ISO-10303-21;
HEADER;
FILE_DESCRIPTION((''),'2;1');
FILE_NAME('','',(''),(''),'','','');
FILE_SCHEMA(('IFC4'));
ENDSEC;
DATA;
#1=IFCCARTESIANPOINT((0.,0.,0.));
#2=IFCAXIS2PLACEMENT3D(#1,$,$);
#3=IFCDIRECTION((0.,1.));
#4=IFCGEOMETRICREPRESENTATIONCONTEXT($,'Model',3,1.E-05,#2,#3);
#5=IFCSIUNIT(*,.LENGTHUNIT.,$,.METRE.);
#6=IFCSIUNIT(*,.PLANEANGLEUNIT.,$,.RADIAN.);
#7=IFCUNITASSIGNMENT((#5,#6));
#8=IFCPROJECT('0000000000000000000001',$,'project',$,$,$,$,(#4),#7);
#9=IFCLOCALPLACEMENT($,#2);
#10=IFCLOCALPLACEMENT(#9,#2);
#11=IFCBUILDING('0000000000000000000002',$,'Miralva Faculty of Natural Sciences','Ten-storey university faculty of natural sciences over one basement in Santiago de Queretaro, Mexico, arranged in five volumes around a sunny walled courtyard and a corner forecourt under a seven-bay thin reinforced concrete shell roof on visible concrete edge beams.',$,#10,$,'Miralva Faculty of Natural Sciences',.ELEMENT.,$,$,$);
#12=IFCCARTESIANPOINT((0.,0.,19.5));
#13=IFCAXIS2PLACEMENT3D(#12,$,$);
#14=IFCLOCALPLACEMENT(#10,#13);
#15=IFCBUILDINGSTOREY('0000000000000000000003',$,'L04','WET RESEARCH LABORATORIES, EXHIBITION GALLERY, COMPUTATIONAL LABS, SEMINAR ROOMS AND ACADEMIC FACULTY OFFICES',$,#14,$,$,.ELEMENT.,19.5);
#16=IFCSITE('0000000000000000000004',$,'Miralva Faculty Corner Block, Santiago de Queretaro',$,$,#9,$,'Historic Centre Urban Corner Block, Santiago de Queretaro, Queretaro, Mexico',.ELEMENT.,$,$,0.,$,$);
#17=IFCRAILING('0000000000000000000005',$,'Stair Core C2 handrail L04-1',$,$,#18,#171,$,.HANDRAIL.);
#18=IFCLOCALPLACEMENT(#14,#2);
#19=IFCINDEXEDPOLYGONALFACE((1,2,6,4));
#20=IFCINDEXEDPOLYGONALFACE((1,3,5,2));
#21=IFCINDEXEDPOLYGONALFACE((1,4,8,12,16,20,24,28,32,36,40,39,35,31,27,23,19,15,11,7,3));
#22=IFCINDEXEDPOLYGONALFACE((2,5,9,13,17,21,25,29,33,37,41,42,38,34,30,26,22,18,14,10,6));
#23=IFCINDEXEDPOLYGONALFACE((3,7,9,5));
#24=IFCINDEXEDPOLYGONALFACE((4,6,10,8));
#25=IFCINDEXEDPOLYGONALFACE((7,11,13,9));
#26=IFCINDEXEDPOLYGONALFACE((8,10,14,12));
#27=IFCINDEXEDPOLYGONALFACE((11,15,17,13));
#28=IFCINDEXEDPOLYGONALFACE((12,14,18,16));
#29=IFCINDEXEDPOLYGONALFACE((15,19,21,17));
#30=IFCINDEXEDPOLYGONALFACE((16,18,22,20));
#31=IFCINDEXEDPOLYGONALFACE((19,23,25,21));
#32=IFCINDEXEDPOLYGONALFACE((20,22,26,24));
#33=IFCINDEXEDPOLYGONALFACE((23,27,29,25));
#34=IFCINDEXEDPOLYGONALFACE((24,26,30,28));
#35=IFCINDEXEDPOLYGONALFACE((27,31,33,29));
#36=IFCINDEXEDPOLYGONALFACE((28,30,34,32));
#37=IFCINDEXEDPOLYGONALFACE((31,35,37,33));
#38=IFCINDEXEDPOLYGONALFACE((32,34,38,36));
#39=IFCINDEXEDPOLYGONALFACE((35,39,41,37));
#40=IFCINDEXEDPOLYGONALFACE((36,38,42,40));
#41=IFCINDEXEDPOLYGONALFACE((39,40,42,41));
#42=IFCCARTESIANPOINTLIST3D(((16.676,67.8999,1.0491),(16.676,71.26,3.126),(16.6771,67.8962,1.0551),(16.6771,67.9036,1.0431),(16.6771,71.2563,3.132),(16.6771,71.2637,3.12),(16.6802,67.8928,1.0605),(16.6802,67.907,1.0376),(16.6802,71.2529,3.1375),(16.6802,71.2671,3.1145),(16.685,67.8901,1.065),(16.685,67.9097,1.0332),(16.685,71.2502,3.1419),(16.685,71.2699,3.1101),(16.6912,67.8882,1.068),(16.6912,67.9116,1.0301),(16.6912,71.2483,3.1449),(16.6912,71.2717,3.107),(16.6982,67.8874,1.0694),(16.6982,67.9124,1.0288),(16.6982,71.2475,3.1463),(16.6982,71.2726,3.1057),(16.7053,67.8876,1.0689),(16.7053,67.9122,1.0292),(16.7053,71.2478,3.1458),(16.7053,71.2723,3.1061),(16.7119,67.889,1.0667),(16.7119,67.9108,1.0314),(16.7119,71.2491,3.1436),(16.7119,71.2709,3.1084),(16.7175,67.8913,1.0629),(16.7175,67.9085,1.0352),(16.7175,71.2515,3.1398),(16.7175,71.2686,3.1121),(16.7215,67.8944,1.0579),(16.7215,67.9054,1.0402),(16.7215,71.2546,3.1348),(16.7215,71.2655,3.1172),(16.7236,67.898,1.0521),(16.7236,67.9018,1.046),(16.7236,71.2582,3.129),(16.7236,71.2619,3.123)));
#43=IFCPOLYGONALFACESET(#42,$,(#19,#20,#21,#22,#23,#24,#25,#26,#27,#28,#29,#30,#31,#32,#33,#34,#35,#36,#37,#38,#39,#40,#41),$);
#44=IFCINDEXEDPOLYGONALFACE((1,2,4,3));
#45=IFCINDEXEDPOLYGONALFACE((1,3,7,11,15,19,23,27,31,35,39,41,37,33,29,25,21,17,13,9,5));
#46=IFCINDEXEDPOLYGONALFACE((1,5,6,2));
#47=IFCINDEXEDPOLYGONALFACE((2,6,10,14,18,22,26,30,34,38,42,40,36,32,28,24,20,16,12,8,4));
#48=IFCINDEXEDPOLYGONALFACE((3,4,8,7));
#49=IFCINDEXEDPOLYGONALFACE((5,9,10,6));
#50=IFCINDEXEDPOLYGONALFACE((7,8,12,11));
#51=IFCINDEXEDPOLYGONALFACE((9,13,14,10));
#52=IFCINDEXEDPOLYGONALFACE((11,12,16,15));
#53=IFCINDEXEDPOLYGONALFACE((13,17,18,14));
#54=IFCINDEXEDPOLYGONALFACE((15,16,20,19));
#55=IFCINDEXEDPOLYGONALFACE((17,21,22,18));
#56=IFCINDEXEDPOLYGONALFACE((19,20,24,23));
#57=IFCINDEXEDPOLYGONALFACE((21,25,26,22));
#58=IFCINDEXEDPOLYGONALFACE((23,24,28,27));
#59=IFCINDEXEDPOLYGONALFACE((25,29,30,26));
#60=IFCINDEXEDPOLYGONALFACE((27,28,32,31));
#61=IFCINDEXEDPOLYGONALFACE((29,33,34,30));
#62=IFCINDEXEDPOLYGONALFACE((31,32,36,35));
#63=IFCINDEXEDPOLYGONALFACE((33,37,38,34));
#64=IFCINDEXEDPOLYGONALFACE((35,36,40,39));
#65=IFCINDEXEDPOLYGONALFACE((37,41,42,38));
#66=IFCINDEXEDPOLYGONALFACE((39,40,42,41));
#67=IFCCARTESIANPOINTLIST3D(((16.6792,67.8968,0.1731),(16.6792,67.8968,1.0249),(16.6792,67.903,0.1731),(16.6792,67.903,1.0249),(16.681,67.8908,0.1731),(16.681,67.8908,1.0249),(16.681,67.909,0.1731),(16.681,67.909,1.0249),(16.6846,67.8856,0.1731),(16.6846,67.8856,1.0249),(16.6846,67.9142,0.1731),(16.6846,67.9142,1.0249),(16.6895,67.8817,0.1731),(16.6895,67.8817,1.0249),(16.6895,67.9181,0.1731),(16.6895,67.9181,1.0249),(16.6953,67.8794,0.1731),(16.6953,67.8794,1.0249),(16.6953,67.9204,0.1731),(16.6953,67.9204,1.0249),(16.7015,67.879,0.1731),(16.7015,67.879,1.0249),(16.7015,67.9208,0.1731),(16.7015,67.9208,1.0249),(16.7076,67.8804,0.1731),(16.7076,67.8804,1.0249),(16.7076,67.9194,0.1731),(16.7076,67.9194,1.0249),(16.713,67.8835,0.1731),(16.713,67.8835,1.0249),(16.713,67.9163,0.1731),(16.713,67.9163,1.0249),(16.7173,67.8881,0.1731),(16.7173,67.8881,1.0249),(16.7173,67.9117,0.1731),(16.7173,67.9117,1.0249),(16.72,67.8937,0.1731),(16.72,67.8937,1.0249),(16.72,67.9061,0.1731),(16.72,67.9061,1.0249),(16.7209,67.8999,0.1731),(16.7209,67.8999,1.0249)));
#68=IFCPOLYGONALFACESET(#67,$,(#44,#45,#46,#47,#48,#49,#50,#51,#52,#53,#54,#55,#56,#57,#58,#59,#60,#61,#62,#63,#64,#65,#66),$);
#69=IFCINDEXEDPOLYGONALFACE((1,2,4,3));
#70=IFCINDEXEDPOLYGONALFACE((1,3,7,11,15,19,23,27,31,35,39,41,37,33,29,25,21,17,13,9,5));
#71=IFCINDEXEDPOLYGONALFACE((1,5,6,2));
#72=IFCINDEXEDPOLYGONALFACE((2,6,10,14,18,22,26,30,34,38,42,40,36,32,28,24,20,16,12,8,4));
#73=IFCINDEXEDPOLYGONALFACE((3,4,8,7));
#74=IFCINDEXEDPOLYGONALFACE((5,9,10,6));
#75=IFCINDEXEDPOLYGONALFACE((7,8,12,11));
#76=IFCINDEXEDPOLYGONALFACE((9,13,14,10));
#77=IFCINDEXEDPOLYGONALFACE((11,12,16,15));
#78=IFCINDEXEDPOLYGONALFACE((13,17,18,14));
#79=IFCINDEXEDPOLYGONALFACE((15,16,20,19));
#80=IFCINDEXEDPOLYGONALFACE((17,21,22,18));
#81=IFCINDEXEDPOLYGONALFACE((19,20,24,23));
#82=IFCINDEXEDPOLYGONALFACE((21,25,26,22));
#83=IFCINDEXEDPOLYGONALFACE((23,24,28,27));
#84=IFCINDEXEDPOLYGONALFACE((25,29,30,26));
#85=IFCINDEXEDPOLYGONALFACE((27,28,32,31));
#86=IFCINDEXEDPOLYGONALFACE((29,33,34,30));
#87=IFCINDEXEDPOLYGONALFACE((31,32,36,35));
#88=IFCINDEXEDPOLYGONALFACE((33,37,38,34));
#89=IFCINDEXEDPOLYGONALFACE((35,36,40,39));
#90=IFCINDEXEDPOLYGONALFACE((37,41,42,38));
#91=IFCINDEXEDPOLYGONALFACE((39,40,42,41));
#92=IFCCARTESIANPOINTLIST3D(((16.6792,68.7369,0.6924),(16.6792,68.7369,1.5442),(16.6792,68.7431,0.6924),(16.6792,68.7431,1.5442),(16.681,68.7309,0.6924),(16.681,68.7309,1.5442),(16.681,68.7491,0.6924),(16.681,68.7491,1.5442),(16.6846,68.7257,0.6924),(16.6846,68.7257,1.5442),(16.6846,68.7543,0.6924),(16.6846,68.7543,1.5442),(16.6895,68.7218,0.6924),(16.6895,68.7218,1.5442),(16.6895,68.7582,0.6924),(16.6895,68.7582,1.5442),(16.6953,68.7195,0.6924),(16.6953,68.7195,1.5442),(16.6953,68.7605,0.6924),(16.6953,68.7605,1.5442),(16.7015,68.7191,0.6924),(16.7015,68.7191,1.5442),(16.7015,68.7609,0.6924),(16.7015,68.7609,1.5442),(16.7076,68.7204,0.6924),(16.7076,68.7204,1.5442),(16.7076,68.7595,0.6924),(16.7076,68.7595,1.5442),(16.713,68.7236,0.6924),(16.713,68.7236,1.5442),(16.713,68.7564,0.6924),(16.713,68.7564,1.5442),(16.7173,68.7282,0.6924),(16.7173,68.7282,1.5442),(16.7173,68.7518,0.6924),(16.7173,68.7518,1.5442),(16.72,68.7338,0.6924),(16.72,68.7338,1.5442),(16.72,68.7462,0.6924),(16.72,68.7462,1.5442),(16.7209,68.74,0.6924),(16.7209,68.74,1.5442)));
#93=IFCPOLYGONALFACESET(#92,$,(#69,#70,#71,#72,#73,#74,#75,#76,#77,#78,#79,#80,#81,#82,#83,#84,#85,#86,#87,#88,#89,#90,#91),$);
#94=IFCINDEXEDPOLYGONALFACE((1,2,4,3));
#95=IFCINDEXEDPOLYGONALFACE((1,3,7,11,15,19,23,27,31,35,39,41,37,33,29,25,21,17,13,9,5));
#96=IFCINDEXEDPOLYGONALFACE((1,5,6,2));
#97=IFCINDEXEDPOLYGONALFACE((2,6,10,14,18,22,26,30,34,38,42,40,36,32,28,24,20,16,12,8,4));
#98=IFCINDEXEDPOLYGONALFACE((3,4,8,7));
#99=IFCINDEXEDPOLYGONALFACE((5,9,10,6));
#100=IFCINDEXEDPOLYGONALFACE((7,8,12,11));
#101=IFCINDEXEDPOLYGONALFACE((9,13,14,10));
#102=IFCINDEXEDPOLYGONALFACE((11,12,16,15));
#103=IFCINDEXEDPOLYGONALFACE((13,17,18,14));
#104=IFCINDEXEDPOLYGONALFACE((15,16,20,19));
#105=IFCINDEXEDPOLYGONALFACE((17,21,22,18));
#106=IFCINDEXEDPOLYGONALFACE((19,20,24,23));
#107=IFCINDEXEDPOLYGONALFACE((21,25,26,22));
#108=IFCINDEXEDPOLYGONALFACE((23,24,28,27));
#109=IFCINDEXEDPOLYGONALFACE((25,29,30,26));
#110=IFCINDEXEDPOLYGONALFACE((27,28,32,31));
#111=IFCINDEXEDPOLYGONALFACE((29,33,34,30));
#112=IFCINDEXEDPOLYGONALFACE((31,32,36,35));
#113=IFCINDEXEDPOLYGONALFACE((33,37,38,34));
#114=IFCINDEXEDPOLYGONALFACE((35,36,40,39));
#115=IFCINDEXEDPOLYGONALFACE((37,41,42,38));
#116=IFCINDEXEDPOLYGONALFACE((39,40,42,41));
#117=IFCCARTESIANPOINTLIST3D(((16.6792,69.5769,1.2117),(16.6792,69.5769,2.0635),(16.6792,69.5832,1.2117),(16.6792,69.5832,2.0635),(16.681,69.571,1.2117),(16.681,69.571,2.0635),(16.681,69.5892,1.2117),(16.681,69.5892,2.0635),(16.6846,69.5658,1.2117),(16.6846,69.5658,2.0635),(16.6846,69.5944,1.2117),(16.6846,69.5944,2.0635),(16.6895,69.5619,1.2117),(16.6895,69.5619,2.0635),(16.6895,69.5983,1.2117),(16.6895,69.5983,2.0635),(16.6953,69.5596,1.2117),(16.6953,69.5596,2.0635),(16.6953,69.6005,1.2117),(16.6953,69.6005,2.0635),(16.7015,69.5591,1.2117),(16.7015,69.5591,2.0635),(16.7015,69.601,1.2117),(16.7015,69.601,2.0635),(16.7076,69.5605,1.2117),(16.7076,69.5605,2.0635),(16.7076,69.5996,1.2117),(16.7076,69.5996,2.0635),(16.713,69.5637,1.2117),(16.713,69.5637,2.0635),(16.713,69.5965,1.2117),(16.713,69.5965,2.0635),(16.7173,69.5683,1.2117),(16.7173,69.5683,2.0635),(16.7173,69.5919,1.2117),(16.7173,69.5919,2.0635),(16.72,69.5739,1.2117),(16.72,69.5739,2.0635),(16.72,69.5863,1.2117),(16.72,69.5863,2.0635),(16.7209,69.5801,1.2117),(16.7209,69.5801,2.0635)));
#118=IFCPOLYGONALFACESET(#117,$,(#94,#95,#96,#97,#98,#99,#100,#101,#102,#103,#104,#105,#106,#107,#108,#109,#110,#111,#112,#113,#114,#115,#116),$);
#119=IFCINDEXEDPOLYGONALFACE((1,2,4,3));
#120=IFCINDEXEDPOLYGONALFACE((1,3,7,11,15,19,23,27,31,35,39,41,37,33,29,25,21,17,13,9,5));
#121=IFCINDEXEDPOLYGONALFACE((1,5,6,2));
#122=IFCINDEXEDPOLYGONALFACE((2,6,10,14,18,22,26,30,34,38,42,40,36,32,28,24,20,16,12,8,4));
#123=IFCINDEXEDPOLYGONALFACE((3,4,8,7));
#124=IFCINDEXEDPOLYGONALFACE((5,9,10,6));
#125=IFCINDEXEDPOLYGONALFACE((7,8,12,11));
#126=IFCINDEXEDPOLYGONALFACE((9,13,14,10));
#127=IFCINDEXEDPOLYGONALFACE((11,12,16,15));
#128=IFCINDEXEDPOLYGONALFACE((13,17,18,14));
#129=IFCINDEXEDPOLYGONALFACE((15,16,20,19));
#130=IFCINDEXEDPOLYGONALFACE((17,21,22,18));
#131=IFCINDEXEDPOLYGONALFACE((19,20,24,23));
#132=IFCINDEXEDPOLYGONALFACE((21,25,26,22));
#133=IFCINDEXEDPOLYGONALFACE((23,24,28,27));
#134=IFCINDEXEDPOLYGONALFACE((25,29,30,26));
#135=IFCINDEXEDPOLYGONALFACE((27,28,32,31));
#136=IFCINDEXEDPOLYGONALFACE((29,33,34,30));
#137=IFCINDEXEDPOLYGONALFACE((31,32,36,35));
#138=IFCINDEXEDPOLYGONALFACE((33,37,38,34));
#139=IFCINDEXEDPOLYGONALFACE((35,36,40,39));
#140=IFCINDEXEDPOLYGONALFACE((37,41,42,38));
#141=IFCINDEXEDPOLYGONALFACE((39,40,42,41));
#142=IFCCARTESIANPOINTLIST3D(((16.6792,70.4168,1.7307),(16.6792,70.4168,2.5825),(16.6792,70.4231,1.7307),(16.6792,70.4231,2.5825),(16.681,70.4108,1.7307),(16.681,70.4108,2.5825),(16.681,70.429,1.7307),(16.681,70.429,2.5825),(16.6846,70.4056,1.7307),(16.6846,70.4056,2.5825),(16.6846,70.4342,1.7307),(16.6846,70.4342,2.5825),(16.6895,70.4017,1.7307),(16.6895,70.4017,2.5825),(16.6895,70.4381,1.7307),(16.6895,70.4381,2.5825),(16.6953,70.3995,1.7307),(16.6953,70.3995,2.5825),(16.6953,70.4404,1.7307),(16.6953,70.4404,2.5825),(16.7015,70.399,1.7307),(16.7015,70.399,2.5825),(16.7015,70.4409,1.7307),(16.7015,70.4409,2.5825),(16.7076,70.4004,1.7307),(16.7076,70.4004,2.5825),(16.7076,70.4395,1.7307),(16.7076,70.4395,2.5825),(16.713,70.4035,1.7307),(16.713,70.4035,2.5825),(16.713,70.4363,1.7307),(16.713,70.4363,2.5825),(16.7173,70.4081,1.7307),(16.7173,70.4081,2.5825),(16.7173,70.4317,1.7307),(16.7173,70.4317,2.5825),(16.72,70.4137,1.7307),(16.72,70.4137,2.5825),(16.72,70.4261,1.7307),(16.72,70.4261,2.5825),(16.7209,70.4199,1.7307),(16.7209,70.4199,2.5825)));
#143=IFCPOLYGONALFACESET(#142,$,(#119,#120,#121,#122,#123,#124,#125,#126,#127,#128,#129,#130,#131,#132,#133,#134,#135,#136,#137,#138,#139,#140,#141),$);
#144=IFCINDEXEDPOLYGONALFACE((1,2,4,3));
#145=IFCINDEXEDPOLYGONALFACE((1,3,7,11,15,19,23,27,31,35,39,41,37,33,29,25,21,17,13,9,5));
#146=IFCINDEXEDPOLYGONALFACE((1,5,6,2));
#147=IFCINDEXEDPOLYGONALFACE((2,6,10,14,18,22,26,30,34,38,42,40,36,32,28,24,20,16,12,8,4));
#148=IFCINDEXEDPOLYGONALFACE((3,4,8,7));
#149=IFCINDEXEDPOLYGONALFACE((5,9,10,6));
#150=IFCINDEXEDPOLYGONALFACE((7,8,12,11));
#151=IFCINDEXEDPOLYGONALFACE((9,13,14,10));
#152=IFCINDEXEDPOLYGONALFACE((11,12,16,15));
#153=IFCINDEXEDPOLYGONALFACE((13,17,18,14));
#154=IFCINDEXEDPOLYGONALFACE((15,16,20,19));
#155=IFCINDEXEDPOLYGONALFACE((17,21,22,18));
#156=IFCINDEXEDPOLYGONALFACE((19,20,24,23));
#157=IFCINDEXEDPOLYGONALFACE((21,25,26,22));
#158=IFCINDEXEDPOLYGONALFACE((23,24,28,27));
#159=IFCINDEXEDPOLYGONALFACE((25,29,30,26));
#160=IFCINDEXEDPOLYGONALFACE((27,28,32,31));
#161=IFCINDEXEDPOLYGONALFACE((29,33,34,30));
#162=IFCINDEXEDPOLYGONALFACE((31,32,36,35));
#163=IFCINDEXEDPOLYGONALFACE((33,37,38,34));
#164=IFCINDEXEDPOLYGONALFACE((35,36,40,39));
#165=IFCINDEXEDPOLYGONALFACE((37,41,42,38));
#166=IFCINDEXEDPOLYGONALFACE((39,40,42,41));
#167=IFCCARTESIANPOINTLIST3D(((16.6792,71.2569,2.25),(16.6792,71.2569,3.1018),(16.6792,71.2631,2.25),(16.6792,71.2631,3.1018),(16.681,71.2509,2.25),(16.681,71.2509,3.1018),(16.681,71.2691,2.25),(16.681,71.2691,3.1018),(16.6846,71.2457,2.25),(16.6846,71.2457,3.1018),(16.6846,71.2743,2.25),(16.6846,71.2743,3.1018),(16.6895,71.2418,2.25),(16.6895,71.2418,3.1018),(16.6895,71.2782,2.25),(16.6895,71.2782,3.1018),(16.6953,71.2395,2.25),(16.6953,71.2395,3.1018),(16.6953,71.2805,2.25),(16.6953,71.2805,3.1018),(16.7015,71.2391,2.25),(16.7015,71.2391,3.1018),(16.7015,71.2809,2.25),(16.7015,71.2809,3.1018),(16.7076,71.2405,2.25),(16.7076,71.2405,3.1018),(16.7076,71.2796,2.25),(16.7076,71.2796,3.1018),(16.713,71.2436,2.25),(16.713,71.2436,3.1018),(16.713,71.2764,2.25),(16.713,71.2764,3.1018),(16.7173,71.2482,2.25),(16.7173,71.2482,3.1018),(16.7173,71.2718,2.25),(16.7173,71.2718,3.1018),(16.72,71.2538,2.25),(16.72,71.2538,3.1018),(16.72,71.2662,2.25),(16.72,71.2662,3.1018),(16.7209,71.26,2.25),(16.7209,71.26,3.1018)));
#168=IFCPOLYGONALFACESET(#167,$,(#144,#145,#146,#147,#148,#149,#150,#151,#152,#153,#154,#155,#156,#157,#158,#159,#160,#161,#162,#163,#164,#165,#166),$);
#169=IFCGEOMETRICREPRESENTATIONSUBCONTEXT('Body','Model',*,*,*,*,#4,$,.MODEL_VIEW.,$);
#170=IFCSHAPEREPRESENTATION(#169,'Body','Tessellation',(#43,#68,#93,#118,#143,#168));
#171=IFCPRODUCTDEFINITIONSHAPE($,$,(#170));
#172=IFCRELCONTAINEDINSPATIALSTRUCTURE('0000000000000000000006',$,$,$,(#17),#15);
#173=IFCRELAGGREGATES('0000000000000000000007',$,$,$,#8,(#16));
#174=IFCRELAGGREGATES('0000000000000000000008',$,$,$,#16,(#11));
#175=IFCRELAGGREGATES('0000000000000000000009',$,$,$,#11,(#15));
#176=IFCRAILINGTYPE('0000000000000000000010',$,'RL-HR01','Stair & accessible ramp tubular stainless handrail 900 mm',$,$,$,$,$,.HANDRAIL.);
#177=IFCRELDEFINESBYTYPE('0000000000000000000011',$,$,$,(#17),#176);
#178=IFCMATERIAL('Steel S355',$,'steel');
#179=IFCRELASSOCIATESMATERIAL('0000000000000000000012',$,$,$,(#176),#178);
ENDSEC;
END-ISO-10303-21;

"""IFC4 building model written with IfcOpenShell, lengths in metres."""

from ifc_helpers import new_model, si_unit, direction, frame, origin, origin_2d, place, context, subcontext, project, spatial, circle, extrude, material, type_object, element, save


model = new_model("IFC4")

# Units and contexts
model_context = context("Model", 3, precision=1e-05, world=origin(), true_north=direction((0.0, 1.0)))
body_context = subcontext(model_context, "Body", "Model", "MODEL_VIEW")
ifc_project = project(units=[si_unit("LENGTHUNIT", "METRE"), si_unit("PLANEANGLEUNIT", "RADIAN")], contexts=[model_context])

# Site, building, storey
site_placement = place(None, origin())
site = spatial("IfcSite", under=ifc_project, at=site_placement, Name="Miralva Faculty Corner Block, Santiago de Queretaro", LongName="Historic Centre Urban Corner Block, Santiago de Queretaro, Queretaro, Mexico", CompositionType="ELEMENT", RefElevation=0.0)
building_placement = place(site_placement, origin())
building = spatial("IfcBuilding", under=site, at=building_placement, Name="Miralva Faculty of Natural Sciences", Description="Ten-storey university faculty of natural sciences over one basement in Santiago de Queretaro, Mexico, arranged in five volumes around a sunny walled courtyard and a corner forecourt under a seven-bay thin reinforced concrete shell roof on visible concrete edge beams.", LongName="Miralva Faculty of Natural Sciences", CompositionType="ELEMENT")
storey_placement = place(building_placement, frame((0.0, 0.0, 19.5)))
storey = spatial("IfcBuildingStorey", under=building, at=storey_placement, Name="L04", Description="WET RESEARCH LABORATORIES, EXHIBITION GALLERY, COMPUTATIONAL LABS, SEMINAR ROOMS AND ACADEMIC FACULTY OFFICES", CompositionType="ELEMENT", Elevation=19.5)

# Railing
ifc_material_1 = material(Name="Steel S355", Category="steel")
railing_type_1 = type_object("IfcRailingType", Name="RL-HR01", Description="Stair & accessible ramp tubular stainless handrail 900 mm", PredefinedType="HANDRAIL", material=ifc_material_1)
railing_1_placement = place(storey_placement, frame((16.7, 67.8999, 0.1731)))
element("IfcRailing", 1, at=railing_1_placement, inside=storey, type_object=railing_type_1, Name="Stair Core C2 handrail L04-1", PredefinedType="HANDRAIL", context=body_context, shape_type="SweptSolid", body=[
    extrude(circle(Radius=0.0239, at=origin_2d()), frame((0.0, 0.0, 0.876), z_axis=(0.0, 0.850623, 0.525776), x_axis=(-1.0, 0.0, 0.0)), (0.0, 0.0, 1.0), 3.9502),
    extrude(circle(Radius=0.021, at=origin_2d()), origin(), (0.0, 0.0, 1.0), 0.8518),
    extrude(circle(Radius=0.021, at=origin_2d()), frame((0.0, 0.8401, 0.5193)), (0.0, 0.0, 1.0), 0.8518),
    extrude(circle(Radius=0.021, at=origin_2d()), frame((0.0, 1.6802, 1.0386)), (0.0, 0.0, 1.0), 0.8518),
    extrude(circle(Radius=0.021, at=origin_2d()), frame((0.0, 2.52, 1.5576)), (0.0, 0.0, 1.0), 0.8518),
    extrude(circle(Radius=0.021, at=origin_2d()), frame((0.0, 3.3601, 2.0769)), (0.0, 0.0, 1.0), 0.8518),
])

save(model, "model.ifc")
